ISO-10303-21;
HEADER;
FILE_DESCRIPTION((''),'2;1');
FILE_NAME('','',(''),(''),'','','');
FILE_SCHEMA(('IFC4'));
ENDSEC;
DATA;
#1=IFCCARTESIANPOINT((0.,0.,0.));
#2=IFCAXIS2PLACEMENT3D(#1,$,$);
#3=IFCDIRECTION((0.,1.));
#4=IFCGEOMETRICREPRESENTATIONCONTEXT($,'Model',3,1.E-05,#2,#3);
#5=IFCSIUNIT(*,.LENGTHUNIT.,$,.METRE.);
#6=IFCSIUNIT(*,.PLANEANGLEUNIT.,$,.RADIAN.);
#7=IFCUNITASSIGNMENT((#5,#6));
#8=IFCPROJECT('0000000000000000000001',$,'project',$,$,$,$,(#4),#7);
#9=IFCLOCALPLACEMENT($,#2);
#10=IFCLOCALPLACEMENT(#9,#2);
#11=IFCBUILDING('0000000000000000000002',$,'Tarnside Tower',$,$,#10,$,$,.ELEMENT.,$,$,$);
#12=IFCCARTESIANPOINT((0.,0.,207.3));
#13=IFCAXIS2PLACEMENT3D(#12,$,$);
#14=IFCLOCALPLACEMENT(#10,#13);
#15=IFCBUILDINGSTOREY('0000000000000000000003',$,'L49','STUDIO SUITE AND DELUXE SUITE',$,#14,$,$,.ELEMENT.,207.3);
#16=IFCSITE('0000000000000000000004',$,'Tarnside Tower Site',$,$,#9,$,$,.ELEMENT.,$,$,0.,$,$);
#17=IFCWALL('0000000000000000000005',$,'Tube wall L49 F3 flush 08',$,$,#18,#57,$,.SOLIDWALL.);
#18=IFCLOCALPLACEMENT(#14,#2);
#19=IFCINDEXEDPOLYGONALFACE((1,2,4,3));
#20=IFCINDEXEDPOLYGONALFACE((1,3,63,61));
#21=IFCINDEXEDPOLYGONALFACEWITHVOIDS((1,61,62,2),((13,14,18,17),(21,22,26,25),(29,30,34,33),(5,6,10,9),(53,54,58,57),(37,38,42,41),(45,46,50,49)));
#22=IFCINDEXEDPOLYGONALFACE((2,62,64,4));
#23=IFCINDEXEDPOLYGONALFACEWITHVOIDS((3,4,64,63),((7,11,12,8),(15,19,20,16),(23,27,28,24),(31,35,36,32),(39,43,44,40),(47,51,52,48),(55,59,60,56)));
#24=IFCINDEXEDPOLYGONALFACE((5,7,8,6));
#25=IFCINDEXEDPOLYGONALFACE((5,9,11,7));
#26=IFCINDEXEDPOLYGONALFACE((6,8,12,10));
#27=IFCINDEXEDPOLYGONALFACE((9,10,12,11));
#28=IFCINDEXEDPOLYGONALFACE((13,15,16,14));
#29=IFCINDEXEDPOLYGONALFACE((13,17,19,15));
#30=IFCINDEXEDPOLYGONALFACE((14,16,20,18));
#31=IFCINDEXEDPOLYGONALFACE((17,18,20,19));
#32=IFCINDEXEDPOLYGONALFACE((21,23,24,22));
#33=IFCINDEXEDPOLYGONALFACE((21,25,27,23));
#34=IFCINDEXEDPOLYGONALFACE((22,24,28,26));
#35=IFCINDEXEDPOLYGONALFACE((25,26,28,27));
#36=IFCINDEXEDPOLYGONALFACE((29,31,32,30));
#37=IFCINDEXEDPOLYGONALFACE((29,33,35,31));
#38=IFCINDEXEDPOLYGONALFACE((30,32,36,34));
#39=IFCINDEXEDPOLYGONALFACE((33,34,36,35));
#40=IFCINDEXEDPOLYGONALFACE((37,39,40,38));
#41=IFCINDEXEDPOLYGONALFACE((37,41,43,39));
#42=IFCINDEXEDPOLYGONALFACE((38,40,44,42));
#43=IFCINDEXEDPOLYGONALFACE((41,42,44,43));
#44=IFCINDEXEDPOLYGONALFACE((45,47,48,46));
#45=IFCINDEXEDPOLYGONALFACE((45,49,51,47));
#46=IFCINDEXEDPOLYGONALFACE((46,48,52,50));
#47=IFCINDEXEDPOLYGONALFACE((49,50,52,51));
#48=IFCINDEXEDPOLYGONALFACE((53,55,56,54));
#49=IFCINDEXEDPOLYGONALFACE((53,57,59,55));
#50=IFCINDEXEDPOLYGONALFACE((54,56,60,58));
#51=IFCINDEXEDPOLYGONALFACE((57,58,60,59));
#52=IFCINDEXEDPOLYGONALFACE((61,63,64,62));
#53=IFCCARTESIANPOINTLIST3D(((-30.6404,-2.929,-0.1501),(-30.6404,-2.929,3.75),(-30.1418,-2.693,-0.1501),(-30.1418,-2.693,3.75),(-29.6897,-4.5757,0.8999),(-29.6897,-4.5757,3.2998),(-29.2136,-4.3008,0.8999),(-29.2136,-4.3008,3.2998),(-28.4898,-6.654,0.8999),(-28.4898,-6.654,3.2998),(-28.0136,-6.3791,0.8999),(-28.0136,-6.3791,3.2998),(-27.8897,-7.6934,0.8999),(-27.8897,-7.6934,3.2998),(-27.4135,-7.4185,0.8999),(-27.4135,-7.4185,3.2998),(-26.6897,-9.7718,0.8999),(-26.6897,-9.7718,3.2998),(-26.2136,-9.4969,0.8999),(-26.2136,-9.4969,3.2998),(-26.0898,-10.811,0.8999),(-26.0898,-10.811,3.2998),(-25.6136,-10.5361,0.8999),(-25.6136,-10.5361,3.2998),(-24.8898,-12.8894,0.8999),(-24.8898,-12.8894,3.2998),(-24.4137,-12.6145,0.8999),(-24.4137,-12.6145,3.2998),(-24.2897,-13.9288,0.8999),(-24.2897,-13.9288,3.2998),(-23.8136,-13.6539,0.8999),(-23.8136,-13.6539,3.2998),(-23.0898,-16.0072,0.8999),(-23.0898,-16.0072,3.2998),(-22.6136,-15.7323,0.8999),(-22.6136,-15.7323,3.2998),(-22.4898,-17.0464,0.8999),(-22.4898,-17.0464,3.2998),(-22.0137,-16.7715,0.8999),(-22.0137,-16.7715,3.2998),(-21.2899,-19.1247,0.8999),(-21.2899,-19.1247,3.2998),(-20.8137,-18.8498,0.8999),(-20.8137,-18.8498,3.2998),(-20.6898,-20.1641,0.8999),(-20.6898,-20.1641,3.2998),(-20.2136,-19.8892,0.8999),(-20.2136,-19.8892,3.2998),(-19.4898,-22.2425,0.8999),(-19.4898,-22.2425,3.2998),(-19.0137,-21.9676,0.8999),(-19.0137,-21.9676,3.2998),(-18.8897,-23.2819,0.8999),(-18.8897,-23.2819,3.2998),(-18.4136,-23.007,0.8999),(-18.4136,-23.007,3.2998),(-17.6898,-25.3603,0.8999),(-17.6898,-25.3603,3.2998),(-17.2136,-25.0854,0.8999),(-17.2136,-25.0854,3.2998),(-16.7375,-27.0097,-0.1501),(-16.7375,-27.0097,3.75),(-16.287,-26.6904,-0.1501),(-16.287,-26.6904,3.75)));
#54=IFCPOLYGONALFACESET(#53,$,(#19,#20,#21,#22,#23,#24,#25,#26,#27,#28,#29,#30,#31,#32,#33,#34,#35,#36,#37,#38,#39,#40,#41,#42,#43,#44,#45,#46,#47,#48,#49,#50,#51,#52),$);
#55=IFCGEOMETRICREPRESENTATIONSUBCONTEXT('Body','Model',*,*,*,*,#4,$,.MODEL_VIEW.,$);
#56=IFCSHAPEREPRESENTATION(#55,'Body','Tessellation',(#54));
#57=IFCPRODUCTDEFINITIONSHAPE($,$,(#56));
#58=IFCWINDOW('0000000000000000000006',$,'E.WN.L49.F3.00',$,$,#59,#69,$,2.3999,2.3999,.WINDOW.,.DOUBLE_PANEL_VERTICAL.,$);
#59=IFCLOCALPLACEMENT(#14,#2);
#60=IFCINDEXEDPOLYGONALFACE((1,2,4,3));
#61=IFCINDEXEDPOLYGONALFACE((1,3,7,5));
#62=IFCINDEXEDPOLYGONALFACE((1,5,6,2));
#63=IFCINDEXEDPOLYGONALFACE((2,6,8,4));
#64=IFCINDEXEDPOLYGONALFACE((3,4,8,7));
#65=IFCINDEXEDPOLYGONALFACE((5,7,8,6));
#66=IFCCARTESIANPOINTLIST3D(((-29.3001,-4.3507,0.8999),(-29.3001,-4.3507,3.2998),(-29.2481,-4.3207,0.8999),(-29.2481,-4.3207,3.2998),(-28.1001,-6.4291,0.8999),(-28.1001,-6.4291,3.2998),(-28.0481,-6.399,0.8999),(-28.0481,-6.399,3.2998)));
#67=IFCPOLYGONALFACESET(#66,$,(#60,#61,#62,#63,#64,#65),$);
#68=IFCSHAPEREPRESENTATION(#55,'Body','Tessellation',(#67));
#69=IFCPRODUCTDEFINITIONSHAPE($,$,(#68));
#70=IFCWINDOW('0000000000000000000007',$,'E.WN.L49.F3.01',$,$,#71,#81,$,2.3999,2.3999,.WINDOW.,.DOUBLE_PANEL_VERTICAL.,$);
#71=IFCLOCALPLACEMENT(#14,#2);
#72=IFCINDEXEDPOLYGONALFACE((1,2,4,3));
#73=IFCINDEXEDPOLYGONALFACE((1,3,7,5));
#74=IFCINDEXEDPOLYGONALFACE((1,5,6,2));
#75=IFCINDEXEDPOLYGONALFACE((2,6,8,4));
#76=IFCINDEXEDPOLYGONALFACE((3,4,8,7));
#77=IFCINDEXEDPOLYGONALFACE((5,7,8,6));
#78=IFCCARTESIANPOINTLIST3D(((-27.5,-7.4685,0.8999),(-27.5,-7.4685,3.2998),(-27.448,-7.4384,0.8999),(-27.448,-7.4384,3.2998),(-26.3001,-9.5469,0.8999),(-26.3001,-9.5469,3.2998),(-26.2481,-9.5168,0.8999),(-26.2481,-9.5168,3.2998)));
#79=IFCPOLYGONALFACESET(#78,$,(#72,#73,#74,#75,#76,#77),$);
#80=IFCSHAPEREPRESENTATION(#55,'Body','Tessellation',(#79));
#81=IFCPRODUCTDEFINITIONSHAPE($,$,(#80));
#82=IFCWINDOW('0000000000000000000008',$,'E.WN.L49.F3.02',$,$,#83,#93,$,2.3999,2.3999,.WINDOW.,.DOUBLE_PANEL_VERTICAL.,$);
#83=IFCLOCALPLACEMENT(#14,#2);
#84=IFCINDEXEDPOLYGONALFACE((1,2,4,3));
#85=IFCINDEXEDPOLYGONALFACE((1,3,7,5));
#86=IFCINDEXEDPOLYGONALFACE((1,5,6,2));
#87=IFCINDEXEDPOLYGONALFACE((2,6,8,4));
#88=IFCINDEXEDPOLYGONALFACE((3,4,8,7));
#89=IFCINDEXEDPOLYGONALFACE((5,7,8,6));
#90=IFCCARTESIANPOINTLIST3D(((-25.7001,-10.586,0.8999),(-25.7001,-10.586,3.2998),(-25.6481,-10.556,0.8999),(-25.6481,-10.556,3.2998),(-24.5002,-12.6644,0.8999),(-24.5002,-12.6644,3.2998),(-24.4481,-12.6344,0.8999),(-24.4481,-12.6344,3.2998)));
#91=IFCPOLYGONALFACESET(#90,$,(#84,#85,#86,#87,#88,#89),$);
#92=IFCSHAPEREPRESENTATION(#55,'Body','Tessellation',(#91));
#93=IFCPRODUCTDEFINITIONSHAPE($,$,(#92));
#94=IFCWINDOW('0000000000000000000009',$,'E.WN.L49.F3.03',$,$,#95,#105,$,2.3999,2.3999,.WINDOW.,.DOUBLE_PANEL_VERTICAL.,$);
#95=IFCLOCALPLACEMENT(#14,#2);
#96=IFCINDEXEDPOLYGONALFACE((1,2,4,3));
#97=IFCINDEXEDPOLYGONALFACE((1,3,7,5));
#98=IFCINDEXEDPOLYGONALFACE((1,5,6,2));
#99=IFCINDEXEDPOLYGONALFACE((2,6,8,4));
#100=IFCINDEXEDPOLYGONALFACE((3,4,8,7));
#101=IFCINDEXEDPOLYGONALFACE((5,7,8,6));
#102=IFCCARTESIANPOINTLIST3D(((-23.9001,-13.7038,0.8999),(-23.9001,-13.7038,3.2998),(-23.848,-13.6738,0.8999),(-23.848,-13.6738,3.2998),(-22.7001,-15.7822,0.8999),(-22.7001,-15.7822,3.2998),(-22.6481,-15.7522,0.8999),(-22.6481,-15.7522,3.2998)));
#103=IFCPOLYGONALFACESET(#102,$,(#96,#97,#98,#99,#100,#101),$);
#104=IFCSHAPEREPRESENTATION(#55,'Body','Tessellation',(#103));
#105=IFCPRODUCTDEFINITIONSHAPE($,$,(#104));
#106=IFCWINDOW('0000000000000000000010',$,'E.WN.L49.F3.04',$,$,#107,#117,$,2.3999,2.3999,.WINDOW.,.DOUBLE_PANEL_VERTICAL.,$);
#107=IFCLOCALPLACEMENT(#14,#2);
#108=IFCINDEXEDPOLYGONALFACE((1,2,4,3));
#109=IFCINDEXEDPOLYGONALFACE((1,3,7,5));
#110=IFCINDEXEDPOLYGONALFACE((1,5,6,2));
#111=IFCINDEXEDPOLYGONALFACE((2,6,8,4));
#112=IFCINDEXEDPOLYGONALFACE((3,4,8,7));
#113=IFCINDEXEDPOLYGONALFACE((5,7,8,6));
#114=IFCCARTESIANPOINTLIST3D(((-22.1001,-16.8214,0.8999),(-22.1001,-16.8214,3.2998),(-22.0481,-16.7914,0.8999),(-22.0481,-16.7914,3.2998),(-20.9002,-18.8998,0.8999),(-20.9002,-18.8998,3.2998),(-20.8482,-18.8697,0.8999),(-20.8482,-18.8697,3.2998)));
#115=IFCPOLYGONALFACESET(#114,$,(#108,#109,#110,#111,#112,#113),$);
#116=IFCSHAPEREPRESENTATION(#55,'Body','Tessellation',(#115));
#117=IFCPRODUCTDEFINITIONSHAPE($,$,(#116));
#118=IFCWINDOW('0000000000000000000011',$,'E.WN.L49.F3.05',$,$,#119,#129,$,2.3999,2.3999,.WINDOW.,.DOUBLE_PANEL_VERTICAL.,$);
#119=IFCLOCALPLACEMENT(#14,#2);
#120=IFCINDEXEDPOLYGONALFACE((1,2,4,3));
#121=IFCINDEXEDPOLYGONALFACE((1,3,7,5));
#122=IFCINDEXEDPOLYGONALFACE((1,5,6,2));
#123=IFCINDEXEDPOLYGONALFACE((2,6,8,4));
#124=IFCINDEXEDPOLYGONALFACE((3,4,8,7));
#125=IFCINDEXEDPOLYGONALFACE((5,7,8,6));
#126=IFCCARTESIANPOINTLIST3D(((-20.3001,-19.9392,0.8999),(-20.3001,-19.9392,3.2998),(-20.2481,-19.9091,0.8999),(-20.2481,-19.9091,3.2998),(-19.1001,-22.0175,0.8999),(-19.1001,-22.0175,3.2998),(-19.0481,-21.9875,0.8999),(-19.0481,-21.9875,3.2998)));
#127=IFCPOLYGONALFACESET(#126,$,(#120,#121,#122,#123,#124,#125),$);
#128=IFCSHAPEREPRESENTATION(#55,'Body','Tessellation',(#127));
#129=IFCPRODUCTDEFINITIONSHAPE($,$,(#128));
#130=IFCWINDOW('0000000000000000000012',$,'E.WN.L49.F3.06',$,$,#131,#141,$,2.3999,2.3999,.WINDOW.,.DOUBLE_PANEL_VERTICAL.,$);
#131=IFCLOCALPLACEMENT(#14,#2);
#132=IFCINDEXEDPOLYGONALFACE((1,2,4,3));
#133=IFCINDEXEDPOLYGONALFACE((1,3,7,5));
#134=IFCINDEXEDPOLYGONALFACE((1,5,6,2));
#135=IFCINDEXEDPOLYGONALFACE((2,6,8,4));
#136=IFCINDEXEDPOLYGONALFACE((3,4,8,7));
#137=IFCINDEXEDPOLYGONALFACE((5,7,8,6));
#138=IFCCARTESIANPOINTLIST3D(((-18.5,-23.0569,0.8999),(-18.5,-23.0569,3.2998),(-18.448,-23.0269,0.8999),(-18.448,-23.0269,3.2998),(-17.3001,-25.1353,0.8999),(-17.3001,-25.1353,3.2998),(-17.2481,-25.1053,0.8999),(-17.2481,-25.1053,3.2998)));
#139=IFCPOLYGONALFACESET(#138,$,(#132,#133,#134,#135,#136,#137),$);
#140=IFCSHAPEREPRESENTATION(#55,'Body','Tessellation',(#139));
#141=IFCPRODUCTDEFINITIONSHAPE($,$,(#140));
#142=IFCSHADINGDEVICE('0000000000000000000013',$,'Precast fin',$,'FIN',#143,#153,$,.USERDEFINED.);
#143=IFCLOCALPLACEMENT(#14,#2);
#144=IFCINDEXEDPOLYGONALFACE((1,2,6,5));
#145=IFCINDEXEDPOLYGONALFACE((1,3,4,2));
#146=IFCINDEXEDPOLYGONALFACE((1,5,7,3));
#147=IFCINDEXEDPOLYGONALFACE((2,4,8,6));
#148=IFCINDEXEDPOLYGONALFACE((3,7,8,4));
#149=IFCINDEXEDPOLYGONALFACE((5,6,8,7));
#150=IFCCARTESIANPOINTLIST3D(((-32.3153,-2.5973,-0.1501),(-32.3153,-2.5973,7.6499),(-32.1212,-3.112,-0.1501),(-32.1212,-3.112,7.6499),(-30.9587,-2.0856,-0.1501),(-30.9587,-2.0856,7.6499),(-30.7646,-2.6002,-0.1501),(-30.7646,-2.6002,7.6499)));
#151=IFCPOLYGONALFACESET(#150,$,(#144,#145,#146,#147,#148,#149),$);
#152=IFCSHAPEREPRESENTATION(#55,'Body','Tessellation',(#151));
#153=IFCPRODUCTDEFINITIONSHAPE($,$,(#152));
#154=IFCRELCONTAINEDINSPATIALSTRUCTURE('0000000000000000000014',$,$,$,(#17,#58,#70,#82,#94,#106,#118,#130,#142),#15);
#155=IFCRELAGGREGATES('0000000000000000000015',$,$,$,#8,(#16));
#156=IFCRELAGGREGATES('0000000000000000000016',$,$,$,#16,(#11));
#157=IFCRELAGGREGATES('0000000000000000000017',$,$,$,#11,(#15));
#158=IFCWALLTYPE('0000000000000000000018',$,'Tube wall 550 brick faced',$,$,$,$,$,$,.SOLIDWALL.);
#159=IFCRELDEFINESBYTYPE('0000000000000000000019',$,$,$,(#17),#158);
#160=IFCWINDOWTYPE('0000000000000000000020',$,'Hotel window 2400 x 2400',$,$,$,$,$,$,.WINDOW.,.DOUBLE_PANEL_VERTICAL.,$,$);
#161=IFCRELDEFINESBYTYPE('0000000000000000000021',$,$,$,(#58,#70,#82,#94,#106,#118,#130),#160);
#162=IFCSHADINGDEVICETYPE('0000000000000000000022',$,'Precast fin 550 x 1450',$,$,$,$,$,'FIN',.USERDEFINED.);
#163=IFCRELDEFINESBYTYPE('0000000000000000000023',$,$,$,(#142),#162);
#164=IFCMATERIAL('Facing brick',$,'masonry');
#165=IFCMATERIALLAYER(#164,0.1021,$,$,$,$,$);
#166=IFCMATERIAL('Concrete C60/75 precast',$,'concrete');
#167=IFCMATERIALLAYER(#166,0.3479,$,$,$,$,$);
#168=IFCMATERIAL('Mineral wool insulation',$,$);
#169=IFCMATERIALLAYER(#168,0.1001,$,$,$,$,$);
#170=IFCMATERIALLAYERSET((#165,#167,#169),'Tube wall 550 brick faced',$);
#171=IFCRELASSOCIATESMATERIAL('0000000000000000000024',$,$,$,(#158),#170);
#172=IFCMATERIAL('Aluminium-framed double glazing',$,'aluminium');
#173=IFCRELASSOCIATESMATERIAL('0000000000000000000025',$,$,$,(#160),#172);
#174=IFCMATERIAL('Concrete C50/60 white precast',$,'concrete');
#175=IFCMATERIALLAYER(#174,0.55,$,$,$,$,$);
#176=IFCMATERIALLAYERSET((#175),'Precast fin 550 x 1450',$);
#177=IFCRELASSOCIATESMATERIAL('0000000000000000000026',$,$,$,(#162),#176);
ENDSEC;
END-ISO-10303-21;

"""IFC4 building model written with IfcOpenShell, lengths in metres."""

from ifc_helpers import new_model, si_unit, direction, frame, frame_2d, origin, place, context, subcontext, project, spatial, polyline, rectangle, outline, extrude, material, layer, layer_set, type_object, element, fill, save


model = new_model("IFC4")

# Units and contexts
model_context = context("Model", 3, precision=1e-05, world=origin(), true_north=direction((0.0, 1.0)))
body_context = subcontext(model_context, "Body", "Model", "MODEL_VIEW")
ifc_project = project(units=[si_unit("LENGTHUNIT", "METRE"), si_unit("PLANEANGLEUNIT", "RADIAN")], contexts=[model_context])

# Site, building, storey
site_placement = place(None, origin())
site = spatial("IfcSite", under=ifc_project, at=site_placement, Name="Tarnside Tower Site", CompositionType="ELEMENT", RefElevation=0.0)
building_placement = place(site_placement, origin())
building = spatial("IfcBuilding", under=site, at=building_placement, Name="Tarnside Tower", CompositionType="ELEMENT")
storey_placement = place(building_placement, frame((0.0, 0.0, 207.3)))
storey = spatial("IfcBuildingStorey", under=building, at=storey_placement, Name="L49", Description="STUDIO SUITE AND DELUXE SUITE", CompositionType="ELEMENT", Elevation=207.3)

# Shared definitions
ifc_material_1 = material(Name="Facing brick", Category="masonry")
ifc_layer_1 = layer(ifc_material_1, 0.1021)
ifc_material_2 = material(Name="Concrete C60/75 precast", Category="concrete")
ifc_layer_2 = layer(ifc_material_2, 0.3479)
ifc_material_3 = material(Name="Mineral wool insulation")
ifc_layer_3 = layer(ifc_material_3, 0.1001)
ifc_layer_set_1 = layer_set([ifc_layer_1, ifc_layer_2, ifc_layer_3], Name="Tube wall 550 brick faced")
wall_type = type_object("IfcWallType", Name="Tube wall 550 brick faced", PredefinedType="SOLIDWALL", material=ifc_layer_set_1)

# Wall, openings, windows
wall_1_placement = place(storey_placement, frame((-30.3911, -2.811, -0.1501), z_axis=(0.0, 0.0, 1.0), x_axis=(0.499999, -0.866026, 0.0)))
wall_1 = element("IfcWall", 1, at=wall_1_placement, inside=storey, type_object=wall_type, Name="Tube wall L49 F3 flush 08", PredefinedType="SOLIDWALL", context=body_context, shape_type="SweptSolid", body=[
    extrude(outline(polyline([(-0.0225, -0.2749), (27.7834, -0.2749), (27.7322, 0.2749), (0.0225, 0.2749), (-0.0225, -0.2749)])), origin(), (0.0, 0.0, 1.0), 3.9001),
])
opening_1_placement = place(wall_1_placement, frame((1.8789, 0.0, 1.05)))
opening_1 = element("IfcOpeningElement", 2, at=opening_1_placement, cuts=wall_1, PredefinedType="OPENING", context=body_context, shape_type="SweptSolid", body=[
    extrude(rectangle(XDim=2.3999, YDim=2.3999, at=frame_2d((1.2, 1.2))), frame((0.0, 0.2852, 0.0), z_axis=(0.0, -1.0, 0.0), x_axis=(1.0, 0.0, 0.0)), (0.0, 0.0, 1.0), 0.5701),
])
opening_2_placement = place(wall_1_placement, frame((5.479, 0.0, 1.05)))
opening_2 = element("IfcOpeningElement", 3, at=opening_2_placement, cuts=wall_1, PredefinedType="OPENING", context=body_context, shape_type="SweptSolid", body=[
    extrude(rectangle(XDim=2.3999, YDim=2.3999, at=frame_2d((1.2, 1.2))), frame((0.0, 0.2852, 0.0), z_axis=(0.0, -1.0, 0.0), x_axis=(1.0, 0.0, 0.0)), (0.0, 0.0, 1.0), 0.5701),
])
opening_3_placement = place(wall_1_placement, frame((9.0789, 0.0, 1.05)))
opening_3 = element("IfcOpeningElement", 4, at=opening_3_placement, cuts=wall_1, PredefinedType="OPENING", context=body_context, shape_type="SweptSolid", body=[
    extrude(rectangle(XDim=2.3999, YDim=2.3999, at=frame_2d((1.2, 1.2))), frame((0.0, 0.2852, 0.0), z_axis=(0.0, -1.0, 0.0), x_axis=(1.0, 0.0, 0.0)), (0.0, 0.0, 1.0), 0.5701),
])
opening_4_placement = place(wall_1_placement, frame((12.679, 0.0, 1.05)))
opening_4 = element("IfcOpeningElement", 5, at=opening_4_placement, cuts=wall_1, PredefinedType="OPENING", context=body_context, shape_type="SweptSolid", body=[
    extrude(rectangle(XDim=2.3999, YDim=2.3999, at=frame_2d((1.2, 1.2))), frame((0.0, 0.2852, 0.0), z_axis=(0.0, -1.0, 0.0), x_axis=(1.0, 0.0, 0.0)), (0.0, 0.0, 1.0), 0.5701),
])
opening_5_placement = place(wall_1_placement, frame((16.2788, 0.0, 1.05)))
opening_5 = element("IfcOpeningElement", 6, at=opening_5_placement, cuts=wall_1, PredefinedType="OPENING", context=body_context, shape_type="SweptSolid", body=[
    extrude(rectangle(XDim=2.3999, YDim=2.3999, at=frame_2d((1.2, 1.2))), frame((0.0, 0.2852, 0.0), z_axis=(0.0, -1.0, 0.0), x_axis=(1.0, 0.0, 0.0)), (0.0, 0.0, 1.0), 0.5701),
])
opening_6_placement = place(wall_1_placement, frame((19.8789, 0.0, 1.05)))
opening_6 = element("IfcOpeningElement", 7, at=opening_6_placement, cuts=wall_1, PredefinedType="OPENING", context=body_context, shape_type="SweptSolid", body=[
    extrude(rectangle(XDim=2.3999, YDim=2.3999, at=frame_2d((1.2, 1.2))), frame((0.0, 0.2852, 0.0), z_axis=(0.0, -1.0, 0.0), x_axis=(1.0, 0.0, 0.0)), (0.0, 0.0, 1.0), 0.5701),
])
opening_7_placement = place(wall_1_placement, frame((23.479, 0.0, 1.05)))
opening_7 = element("IfcOpeningElement", 8, at=opening_7_placement, cuts=wall_1, PredefinedType="OPENING", context=body_context, shape_type="SweptSolid", body=[
    extrude(rectangle(XDim=2.3999, YDim=2.3999, at=frame_2d((1.2, 1.2))), frame((0.0, 0.2852, 0.0), z_axis=(0.0, -1.0, 0.0), x_axis=(1.0, 0.0, 0.0)), (0.0, 0.0, 1.0), 0.5701),
])
ifc_material_4 = material(Name="Aluminium-framed double glazing", Category="aluminium")
window_type = type_object("IfcWindowType", Name="Hotel window 2400 x 2400", PartitioningType="DOUBLE_PANEL_VERTICAL", PredefinedType="WINDOW", material=ifc_material_4)
window_1_placement = place(opening_1_placement, frame((0.0, 0.2051, 0.0)))
window_1 = element("IfcWindow", 9, at=window_1_placement, inside=storey, type_object=window_type, Name="E.WN.L49.F3.00", OverallHeight=2.3999, OverallWidth=2.3999, PartitioningType="DOUBLE_PANEL_VERTICAL", PredefinedType="WINDOW", context=body_context, shape_type="SweptSolid", body=[
    extrude(rectangle(XDim=2.3999, YDim=2.3999, at=frame_2d((1.2, 1.2))), frame((0.0, 0.03, 0.0), z_axis=(0.0, -1.0, 0.0), x_axis=(1.0, 0.0, 0.0)), (0.0, 0.0, 1.0), 0.0601),
])
fill(opening_1, window_1)
window_2_placement = place(opening_2_placement, frame((0.0, 0.2051, 0.0)))
window_2 = element("IfcWindow", 10, at=window_2_placement, inside=storey, type_object=window_type, Name="E.WN.L49.F3.01", OverallHeight=2.3999, OverallWidth=2.3999, PartitioningType="DOUBLE_PANEL_VERTICAL", PredefinedType="WINDOW", context=body_context, shape_type="SweptSolid", body=[
    extrude(rectangle(XDim=2.3999, YDim=2.3999, at=frame_2d((1.2, 1.2))), frame((0.0, 0.03, 0.0), z_axis=(0.0, -1.0, 0.0), x_axis=(1.0, 0.0, 0.0)), (0.0, 0.0, 1.0), 0.0601),
])
fill(opening_2, window_2)
window_3_placement = place(opening_3_placement, frame((0.0, 0.2051, 0.0)))
window_3 = element("IfcWindow", 11, at=window_3_placement, inside=storey, type_object=window_type, Name="E.WN.L49.F3.02", OverallHeight=2.3999, OverallWidth=2.3999, PartitioningType="DOUBLE_PANEL_VERTICAL", PredefinedType="WINDOW", context=body_context, shape_type="SweptSolid", body=[
    extrude(rectangle(XDim=2.3999, YDim=2.3999, at=frame_2d((1.2, 1.2))), frame((0.0, 0.03, 0.0), z_axis=(0.0, -1.0, 0.0), x_axis=(1.0, 0.0, 0.0)), (0.0, 0.0, 1.0), 0.0601),
])
fill(opening_3, window_3)
window_4_placement = place(opening_4_placement, frame((0.0, 0.2051, 0.0)))
window_4 = element("IfcWindow", 12, at=window_4_placement, inside=storey, type_object=window_type, Name="E.WN.L49.F3.03", OverallHeight=2.3999, OverallWidth=2.3999, PartitioningType="DOUBLE_PANEL_VERTICAL", PredefinedType="WINDOW", context=body_context, shape_type="SweptSolid", body=[
    extrude(rectangle(XDim=2.3999, YDim=2.3999, at=frame_2d((1.2, 1.2))), frame((0.0, 0.03, 0.0), z_axis=(0.0, -1.0, 0.0), x_axis=(1.0, 0.0, 0.0)), (0.0, 0.0, 1.0), 0.0601),
])
fill(opening_4, window_4)
window_5_placement = place(opening_5_placement, frame((0.0, 0.2051, 0.0)))
window_5 = element("IfcWindow", 13, at=window_5_placement, inside=storey, type_object=window_type, Name="E.WN.L49.F3.04", OverallHeight=2.3999, OverallWidth=2.3999, PartitioningType="DOUBLE_PANEL_VERTICAL", PredefinedType="WINDOW", context=body_context, shape_type="SweptSolid", body=[
    extrude(rectangle(XDim=2.3999, YDim=2.3999, at=frame_2d((1.2, 1.2))), frame((0.0, 0.03, 0.0), z_axis=(0.0, -1.0, 0.0), x_axis=(1.0, 0.0, 0.0)), (0.0, 0.0, 1.0), 0.0601),
])
fill(opening_5, window_5)
window_6_placement = place(opening_6_placement, frame((0.0, 0.2051, 0.0)))
window_6 = element("IfcWindow", 14, at=window_6_placement, inside=storey, type_object=window_type, Name="E.WN.L49.F3.05", OverallHeight=2.3999, OverallWidth=2.3999, PartitioningType="DOUBLE_PANEL_VERTICAL", PredefinedType="WINDOW", context=body_context, shape_type="SweptSolid", body=[
    extrude(rectangle(XDim=2.3999, YDim=2.3999, at=frame_2d((1.2, 1.2))), frame((0.0, 0.03, 0.0), z_axis=(0.0, -1.0, 0.0), x_axis=(1.0, 0.0, 0.0)), (0.0, 0.0, 1.0), 0.0601),
])
fill(opening_6, window_6)
window_7_placement = place(opening_7_placement, frame((0.0, 0.2051, 0.0)))
window_7 = element("IfcWindow", 15, at=window_7_placement, inside=storey, type_object=window_type, Name="E.WN.L49.F3.06", OverallHeight=2.3999, OverallWidth=2.3999, PartitioningType="DOUBLE_PANEL_VERTICAL", PredefinedType="WINDOW", context=body_context, shape_type="SweptSolid", body=[
    extrude(rectangle(XDim=2.3999, YDim=2.3999, at=frame_2d((1.2, 1.2))), frame((0.0, 0.03, 0.0), z_axis=(0.0, -1.0, 0.0), x_axis=(1.0, 0.0, 0.0)), (0.0, 0.0, 1.0), 0.0601),
])
fill(opening_7, window_7)

# Shading device
ifc_material_5 = material(Name="Concrete C50/60 white precast", Category="concrete")
ifc_layer_4 = layer(ifc_material_5, 0.55)
ifc_layer_set_2 = layer_set([ifc_layer_4], Name="Precast fin 550 x 1450")
shading_device_type_1 = type_object("IfcShadingDeviceType", Name="Precast fin 550 x 1450", ElementType="FIN", PredefinedType="USERDEFINED", material=ifc_layer_set_2)
shading_device_placement = place(storey_placement, frame((-30.8616, -2.343, -0.1501), z_axis=(-0.352931, 0.93565, 0.0), x_axis=(-0.93565, -0.352931, 0.0)))
element("IfcShadingDevice", 16, at=shading_device_placement, inside=storey, type_object=shading_device_type_1, Name="Precast fin", ObjectType="FIN", PredefinedType="USERDEFINED", context=body_context, shape_type="SweptSolid", body=[
    extrude(outline(polyline([(0.0, 0.0), (1.45, 0.0), (1.45, 7.8), (0.0, 7.8), (0.0, 0.0)])), frame((0.0, 0.0, -0.2749)), (0.0, 0.0, 1.0), 0.55),
])

save(model, "model.ifc")
